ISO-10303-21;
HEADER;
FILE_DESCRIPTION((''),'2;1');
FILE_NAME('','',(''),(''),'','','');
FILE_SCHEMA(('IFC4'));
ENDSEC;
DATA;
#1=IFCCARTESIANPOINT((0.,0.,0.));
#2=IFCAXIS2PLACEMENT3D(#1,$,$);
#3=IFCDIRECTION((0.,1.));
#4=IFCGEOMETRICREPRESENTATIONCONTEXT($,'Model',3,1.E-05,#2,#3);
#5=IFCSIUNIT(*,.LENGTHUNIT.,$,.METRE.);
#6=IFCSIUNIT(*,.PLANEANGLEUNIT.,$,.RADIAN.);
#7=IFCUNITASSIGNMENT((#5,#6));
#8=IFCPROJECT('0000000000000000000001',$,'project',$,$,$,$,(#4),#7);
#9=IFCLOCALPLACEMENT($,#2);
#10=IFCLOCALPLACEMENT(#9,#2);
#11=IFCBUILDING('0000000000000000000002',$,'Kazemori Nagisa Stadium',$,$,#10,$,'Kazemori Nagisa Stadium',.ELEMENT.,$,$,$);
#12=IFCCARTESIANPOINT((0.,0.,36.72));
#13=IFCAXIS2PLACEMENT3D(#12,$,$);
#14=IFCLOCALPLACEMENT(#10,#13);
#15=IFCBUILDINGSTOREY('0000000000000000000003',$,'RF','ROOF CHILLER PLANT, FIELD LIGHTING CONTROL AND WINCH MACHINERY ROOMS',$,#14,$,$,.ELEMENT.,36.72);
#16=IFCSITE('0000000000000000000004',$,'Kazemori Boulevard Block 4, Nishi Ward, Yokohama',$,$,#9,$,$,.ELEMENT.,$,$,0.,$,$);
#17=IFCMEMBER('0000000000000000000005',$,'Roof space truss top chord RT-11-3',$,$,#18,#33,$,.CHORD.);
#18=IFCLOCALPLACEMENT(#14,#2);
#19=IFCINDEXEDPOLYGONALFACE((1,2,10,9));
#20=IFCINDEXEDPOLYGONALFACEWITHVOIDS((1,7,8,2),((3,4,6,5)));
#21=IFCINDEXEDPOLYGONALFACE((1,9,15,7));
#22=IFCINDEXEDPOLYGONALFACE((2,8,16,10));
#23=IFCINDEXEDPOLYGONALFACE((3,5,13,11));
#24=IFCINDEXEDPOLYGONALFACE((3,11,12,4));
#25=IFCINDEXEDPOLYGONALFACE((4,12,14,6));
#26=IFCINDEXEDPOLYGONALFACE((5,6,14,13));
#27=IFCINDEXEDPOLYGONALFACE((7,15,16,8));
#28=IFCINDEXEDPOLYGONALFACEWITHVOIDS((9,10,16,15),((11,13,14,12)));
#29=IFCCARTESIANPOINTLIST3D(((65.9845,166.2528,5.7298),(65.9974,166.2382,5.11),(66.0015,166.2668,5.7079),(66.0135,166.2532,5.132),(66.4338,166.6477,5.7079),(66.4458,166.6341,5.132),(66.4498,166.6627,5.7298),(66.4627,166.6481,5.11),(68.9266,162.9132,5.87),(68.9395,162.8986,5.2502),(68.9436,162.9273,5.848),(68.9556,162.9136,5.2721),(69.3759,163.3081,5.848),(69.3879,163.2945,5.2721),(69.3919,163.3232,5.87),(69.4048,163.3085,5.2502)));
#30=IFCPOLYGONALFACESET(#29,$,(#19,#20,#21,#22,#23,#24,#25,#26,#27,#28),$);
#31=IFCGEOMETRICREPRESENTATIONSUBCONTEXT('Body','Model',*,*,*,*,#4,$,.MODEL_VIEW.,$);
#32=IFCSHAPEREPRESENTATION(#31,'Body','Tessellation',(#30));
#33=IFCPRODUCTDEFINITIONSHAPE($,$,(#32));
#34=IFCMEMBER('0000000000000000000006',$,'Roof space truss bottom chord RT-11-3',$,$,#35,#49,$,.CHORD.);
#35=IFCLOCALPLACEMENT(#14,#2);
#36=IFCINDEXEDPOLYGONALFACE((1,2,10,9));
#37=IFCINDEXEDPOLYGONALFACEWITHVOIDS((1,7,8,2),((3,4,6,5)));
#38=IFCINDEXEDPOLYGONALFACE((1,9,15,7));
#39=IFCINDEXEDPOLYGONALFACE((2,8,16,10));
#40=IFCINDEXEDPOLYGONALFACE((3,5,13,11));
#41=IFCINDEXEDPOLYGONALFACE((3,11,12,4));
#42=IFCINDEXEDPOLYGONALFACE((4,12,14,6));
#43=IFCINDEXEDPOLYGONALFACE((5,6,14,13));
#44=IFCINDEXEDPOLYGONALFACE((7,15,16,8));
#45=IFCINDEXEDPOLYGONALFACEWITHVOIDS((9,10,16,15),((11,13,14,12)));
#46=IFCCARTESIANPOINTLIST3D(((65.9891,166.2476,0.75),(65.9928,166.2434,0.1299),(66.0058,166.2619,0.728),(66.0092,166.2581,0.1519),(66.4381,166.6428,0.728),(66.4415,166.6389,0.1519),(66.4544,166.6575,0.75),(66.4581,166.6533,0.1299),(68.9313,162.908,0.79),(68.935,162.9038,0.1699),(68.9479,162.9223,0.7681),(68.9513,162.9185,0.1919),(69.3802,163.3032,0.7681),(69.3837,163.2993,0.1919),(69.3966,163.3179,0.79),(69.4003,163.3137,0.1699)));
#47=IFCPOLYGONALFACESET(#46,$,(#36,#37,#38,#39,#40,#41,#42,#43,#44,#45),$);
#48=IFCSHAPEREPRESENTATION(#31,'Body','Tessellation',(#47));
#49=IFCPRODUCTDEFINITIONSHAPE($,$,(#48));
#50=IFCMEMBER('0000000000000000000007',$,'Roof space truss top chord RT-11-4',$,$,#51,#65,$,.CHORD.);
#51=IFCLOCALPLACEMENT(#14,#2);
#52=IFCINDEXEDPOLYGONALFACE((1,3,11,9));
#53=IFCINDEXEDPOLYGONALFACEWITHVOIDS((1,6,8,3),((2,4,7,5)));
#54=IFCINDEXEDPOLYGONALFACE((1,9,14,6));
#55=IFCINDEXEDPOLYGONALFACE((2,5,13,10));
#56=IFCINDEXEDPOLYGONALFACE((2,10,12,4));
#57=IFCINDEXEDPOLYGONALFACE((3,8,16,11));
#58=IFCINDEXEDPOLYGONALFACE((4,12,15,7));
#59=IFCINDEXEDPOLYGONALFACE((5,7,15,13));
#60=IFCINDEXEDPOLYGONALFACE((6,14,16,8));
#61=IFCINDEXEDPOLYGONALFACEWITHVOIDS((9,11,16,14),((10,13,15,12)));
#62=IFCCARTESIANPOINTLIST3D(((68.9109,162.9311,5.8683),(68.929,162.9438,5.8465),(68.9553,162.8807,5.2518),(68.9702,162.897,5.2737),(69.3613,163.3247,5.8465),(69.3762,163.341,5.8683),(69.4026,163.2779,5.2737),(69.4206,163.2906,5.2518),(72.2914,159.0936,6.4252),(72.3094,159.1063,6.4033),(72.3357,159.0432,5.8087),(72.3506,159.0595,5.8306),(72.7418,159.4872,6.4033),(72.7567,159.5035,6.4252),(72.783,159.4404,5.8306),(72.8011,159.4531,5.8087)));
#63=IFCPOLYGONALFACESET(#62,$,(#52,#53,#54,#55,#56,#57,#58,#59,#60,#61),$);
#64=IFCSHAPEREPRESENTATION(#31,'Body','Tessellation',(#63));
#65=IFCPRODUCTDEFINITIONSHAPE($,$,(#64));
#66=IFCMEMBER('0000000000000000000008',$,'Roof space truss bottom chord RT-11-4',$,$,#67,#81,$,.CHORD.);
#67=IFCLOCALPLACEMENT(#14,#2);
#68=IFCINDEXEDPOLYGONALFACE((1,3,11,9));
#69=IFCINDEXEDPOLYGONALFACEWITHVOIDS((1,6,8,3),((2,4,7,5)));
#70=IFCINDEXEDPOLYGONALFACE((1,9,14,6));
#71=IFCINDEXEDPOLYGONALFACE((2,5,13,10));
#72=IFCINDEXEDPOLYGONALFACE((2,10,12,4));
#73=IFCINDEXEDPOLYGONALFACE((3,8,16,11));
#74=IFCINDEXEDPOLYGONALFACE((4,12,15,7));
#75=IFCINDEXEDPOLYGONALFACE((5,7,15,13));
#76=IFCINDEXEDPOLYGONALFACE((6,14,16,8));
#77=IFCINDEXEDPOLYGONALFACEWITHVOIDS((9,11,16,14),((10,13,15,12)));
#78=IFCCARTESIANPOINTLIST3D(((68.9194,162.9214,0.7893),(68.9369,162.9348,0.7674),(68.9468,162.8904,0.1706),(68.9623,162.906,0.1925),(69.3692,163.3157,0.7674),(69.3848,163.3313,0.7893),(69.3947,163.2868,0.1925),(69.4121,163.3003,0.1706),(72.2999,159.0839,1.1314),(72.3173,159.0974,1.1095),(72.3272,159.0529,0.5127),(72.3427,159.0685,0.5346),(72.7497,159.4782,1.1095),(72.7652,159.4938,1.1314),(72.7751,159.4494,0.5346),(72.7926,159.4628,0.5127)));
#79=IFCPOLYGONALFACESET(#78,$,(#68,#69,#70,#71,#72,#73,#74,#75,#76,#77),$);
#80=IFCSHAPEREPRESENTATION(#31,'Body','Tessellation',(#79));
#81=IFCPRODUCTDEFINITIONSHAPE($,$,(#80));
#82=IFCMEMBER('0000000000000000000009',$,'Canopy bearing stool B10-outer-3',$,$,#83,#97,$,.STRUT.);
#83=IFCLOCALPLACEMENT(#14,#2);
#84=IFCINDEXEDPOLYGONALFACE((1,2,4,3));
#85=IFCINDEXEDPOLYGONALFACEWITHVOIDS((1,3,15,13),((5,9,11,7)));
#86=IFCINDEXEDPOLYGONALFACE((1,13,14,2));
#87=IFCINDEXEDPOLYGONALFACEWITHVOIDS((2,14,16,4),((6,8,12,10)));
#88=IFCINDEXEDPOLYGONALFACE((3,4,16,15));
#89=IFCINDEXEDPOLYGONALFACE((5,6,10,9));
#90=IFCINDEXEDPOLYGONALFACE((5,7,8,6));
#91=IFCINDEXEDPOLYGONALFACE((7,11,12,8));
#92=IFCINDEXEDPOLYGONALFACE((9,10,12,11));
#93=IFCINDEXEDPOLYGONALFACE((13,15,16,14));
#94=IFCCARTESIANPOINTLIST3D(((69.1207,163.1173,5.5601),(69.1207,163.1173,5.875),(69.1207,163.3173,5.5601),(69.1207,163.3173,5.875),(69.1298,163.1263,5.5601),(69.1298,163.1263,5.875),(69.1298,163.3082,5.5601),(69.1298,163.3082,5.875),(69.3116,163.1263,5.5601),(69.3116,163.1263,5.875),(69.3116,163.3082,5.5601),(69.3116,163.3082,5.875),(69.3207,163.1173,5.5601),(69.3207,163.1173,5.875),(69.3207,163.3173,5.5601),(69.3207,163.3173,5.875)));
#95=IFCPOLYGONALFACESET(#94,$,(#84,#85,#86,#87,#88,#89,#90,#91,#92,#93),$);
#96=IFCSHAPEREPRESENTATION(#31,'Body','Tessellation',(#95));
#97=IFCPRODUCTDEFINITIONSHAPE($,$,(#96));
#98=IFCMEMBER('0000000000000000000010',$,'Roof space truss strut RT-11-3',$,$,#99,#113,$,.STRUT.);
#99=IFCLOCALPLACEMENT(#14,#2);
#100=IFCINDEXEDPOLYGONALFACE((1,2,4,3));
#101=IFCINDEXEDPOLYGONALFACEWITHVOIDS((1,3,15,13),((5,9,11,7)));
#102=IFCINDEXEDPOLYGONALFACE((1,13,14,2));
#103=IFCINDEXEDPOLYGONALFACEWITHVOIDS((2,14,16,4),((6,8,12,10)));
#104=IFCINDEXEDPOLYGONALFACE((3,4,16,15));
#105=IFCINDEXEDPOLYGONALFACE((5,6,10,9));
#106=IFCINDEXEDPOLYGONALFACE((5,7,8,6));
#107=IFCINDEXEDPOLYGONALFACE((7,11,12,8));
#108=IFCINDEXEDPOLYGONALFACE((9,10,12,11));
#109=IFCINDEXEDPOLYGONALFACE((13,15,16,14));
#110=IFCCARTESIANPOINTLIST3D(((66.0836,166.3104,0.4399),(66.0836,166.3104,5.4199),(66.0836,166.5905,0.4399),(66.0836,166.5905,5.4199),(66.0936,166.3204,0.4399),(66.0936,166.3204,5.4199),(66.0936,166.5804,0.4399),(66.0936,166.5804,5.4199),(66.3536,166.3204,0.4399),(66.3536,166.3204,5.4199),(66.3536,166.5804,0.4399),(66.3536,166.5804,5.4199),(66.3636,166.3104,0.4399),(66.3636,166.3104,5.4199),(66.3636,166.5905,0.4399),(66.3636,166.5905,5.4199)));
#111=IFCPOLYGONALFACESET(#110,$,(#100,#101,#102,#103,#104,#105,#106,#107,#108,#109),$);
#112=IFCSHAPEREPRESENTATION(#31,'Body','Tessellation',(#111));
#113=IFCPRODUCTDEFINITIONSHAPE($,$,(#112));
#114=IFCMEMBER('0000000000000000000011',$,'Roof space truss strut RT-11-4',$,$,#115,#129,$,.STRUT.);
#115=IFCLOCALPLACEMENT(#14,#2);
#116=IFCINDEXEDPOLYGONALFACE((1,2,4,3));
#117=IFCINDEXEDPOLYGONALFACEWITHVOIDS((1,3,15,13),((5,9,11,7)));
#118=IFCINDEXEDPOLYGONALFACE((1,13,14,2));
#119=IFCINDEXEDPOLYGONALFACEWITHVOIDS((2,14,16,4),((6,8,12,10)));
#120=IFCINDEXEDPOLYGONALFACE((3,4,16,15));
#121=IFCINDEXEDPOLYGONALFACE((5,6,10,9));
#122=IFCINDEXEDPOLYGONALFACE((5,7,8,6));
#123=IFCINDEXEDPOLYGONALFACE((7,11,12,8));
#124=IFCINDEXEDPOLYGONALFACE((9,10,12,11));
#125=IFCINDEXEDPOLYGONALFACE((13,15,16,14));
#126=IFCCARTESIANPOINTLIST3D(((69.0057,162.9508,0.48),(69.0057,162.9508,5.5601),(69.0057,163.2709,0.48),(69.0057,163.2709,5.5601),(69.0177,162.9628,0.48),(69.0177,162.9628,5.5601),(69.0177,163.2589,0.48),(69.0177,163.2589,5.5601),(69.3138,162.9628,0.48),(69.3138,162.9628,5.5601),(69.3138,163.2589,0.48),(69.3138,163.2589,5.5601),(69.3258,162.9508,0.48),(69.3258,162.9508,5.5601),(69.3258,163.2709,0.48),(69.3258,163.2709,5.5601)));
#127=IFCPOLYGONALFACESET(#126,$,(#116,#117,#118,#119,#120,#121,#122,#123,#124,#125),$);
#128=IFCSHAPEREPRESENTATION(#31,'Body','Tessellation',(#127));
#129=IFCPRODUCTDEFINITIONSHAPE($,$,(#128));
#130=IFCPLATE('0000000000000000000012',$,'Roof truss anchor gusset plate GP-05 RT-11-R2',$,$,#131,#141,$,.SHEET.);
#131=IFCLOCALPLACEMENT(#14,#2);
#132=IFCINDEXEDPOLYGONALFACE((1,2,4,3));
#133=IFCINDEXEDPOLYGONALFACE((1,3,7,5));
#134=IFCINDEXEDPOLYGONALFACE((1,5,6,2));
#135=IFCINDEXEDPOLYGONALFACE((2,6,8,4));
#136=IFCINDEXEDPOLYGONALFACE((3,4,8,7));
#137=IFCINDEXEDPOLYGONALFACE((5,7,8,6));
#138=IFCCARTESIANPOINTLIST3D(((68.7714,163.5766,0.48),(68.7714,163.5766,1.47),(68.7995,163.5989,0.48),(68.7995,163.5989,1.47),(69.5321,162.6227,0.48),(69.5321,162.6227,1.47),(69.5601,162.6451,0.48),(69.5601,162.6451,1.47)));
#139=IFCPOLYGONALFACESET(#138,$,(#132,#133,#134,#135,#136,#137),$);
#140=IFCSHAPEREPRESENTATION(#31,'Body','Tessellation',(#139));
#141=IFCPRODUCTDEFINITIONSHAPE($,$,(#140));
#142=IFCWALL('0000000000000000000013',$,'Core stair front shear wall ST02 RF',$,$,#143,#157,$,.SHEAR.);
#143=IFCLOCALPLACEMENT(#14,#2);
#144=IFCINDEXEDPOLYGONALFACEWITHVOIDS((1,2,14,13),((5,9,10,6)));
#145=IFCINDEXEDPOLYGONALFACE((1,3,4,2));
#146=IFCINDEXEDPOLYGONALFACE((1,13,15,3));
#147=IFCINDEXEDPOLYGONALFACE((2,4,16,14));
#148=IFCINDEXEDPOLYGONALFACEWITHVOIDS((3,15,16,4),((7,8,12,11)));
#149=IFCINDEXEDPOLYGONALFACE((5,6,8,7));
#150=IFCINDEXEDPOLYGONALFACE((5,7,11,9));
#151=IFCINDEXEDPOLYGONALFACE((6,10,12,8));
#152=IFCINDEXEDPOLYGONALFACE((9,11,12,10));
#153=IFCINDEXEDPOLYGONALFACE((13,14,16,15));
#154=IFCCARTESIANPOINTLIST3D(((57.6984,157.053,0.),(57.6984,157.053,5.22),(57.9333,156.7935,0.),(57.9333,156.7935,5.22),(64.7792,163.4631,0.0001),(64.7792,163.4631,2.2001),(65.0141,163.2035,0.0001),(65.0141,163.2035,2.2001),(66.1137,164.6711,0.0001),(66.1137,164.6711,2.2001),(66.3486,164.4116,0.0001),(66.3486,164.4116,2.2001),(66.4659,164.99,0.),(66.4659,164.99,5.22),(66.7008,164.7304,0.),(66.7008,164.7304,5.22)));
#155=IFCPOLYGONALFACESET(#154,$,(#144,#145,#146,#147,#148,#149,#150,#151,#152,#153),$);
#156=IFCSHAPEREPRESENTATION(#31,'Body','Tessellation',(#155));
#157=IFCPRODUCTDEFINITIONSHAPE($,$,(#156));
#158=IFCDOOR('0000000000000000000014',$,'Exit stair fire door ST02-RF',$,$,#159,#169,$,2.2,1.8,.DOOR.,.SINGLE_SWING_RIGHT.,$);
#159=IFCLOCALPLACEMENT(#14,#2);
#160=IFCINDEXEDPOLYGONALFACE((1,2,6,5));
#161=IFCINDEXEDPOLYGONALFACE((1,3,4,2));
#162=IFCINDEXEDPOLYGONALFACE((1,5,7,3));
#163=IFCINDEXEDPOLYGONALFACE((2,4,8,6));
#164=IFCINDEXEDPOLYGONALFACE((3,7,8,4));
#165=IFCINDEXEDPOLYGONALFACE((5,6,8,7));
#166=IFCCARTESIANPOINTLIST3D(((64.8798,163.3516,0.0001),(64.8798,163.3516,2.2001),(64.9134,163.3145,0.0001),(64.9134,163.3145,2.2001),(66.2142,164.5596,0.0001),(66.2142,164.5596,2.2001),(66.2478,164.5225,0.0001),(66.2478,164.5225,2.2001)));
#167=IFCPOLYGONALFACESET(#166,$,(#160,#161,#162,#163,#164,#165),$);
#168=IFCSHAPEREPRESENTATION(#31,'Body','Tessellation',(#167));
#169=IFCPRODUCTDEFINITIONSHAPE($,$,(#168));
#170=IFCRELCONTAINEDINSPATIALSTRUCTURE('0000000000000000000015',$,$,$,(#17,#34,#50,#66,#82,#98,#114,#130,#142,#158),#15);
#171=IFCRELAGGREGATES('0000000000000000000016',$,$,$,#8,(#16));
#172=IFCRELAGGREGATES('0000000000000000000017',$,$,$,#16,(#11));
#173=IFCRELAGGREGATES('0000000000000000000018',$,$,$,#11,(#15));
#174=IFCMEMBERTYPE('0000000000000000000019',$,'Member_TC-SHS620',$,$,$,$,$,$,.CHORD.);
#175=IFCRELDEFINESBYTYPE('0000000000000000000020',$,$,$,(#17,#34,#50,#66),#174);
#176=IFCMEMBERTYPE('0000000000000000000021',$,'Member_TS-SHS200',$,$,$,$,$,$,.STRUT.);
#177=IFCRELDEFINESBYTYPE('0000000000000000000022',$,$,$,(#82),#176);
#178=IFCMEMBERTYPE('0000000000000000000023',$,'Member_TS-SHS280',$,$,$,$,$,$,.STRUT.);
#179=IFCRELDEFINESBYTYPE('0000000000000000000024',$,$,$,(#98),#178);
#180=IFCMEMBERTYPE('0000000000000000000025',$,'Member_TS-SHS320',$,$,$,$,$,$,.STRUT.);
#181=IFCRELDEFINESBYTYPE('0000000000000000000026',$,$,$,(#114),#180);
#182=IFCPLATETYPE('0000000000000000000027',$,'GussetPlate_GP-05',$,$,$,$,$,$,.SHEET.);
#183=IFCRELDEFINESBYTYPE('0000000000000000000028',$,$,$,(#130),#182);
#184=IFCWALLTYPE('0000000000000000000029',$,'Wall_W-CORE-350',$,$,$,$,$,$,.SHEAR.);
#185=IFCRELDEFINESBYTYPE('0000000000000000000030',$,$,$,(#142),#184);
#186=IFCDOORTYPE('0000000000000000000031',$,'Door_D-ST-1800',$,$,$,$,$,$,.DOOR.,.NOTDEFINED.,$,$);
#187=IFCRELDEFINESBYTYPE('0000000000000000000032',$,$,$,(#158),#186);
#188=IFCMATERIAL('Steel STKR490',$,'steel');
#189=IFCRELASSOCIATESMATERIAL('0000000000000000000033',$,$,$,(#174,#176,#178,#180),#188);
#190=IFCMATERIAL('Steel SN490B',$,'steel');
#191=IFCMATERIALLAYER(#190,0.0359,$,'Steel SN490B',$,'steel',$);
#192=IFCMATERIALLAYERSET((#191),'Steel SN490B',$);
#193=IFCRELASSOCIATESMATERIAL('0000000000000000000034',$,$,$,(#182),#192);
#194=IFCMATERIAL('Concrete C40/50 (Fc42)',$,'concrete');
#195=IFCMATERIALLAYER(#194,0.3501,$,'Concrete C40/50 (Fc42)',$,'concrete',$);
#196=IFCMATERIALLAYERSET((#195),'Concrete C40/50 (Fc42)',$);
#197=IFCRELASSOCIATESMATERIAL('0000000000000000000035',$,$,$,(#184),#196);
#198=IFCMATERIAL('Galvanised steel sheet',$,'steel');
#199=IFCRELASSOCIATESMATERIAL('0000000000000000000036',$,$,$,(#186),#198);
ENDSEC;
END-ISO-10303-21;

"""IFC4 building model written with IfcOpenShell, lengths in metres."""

from ifc_helpers import new_model, si_unit, direction, frame, frame_2d, origin, origin_2d, place, context, subcontext, project, spatial, rectangle, hollow_rectangle, extrude, material, layer, layer_set, material_profile, profile_set, type_object, element, fill, save


model = new_model("IFC4")

# Units and contexts
model_context = context("Model", 3, precision=1e-05, world=origin(), true_north=direction((0.0, 1.0)))
body_context = subcontext(model_context, "Body", "Model", "MODEL_VIEW")
ifc_project = project(units=[si_unit("LENGTHUNIT", "METRE"), si_unit("PLANEANGLEUNIT", "RADIAN")], contexts=[model_context])

# Site, building, storey
site_placement = place(None, origin())
site = spatial("IfcSite", under=ifc_project, at=site_placement, Name="Kazemori Boulevard Block 4, Nishi Ward, Yokohama", CompositionType="ELEMENT", RefElevation=0.0)
building_placement = place(site_placement, origin())
building = spatial("IfcBuilding", under=site, at=building_placement, Name="Kazemori Nagisa Stadium", LongName="Kazemori Nagisa Stadium", CompositionType="ELEMENT")
storey_placement = place(building_placement, frame((0.0, 0.0, 36.72)))
storey = spatial("IfcBuildingStorey", under=building, at=storey_placement, Name="RF", Description="ROOF CHILLER PLANT, FIELD LIGHTING CONTROL AND WINCH MACHINERY ROOMS", CompositionType="ELEMENT", Elevation=36.72)

# Shared definitions
ifc_material_1 = material(Name="Steel SN490B", Category="steel")

# Shared definitions
ifc_material_2 = material(Name="Concrete C40/50 (Fc42)", Category="concrete")

# Members
ifc_material_3 = material(Name="Steel STKR490", Category="steel")
ifc_material_profile_1 = material_profile(ifc_material_3, hollow_rectangle(XDim=0.6201, YDim=0.6201, WallThickness=0.022, at=origin_2d()), Name="SHS-620x620x22")
ifc_profile_set_1 = profile_set([ifc_material_profile_1], Name="Steel STKR490")
member_type_1 = type_object("IfcMemberType", Name="Member_TC-SHS620", PredefinedType="CHORD", material=ifc_profile_set_1)
member_1_placement = place(storey_placement, frame((66.2236, 166.4504, 5.4199), z_axis=(0.660717, -0.749975, 0.031471), x_axis=(0.750347, 0.661045, 0.0)))
element("IfcMember", 1, at=member_1_placement, inside=storey, type_object=member_type_1, Name="Roof space truss top chord RT-11-3", PredefinedType="CHORD", context=body_context, shape_type="SweptSolid", body=[
    extrude(hollow_rectangle(XDim=0.6201, YDim=0.6201, WallThickness=0.022, at=origin_2d()), origin(), (0.0, 0.0, 1.0), 4.4529),
])
member_2_placement = place(storey_placement, frame((66.2236, 166.4504, 0.4399), z_axis=(0.661018, -0.750316, 0.008996), x_axis=(0.750347, 0.661045, 0.0)))
element("IfcMember", 2, at=member_2_placement, inside=storey, type_object=member_type_1, Name="Roof space truss bottom chord RT-11-3", PredefinedType="CHORD", context=body_context, shape_type="SweptSolid", body=[
    extrude(hollow_rectangle(XDim=0.6201, YDim=0.6201, WallThickness=0.022, at=origin_2d()), origin(), (0.0, 0.0, 1.0), 4.4509),
])
member_3_placement = place(storey_placement, frame((69.1658, 163.1108, 5.5601), z_axis=(0.657124, -0.745968, 0.108255), x_axis=(0.750378, 0.661009, 0.0)))
element("IfcMember", 3, at=member_3_placement, inside=storey, type_object=member_type_1, Name="Roof space truss top chord RT-11-4", PredefinedType="CHORD", context=body_context, shape_type="SweptSolid", body=[
    extrude(hollow_rectangle(XDim=0.6201, YDim=0.6201, WallThickness=0.022, at=origin_2d()), origin(), (0.0, 0.0, 1.0), 5.1443),
])
member_4_placement = place(storey_placement, frame((69.1658, 163.1108, 0.48), z_axis=(0.659535, -0.748705, 0.066735), x_axis=(0.750378, 0.661009, 0.0)))
element("IfcMember", 4, at=member_4_placement, inside=storey, type_object=member_type_1, Name="Roof space truss bottom chord RT-11-4", PredefinedType="CHORD", context=body_context, shape_type="SweptSolid", body=[
    extrude(hollow_rectangle(XDim=0.6201, YDim=0.6201, WallThickness=0.022, at=origin_2d()), origin(), (0.0, 0.0, 1.0), 5.1255),
])
ifc_material_profile_2 = material_profile(ifc_material_3, hollow_rectangle(XDim=0.2, YDim=0.2, WallThickness=0.009, at=origin_2d()), Name="SHS-200x200x9")
ifc_profile_set_2 = profile_set([ifc_material_profile_2], Name="Steel STKR490")
member_type_2 = type_object("IfcMemberType", Name="Member_TS-SHS200", PredefinedType="STRUT", material=ifc_profile_set_2)
member_5_placement = place(storey_placement, frame((69.2207, 163.2173, 5.5601), z_axis=(0.0, 0.0, 1.0), x_axis=(1.0, 0.0, 0.0)))
element("IfcMember", 5, at=member_5_placement, inside=storey, type_object=member_type_2, Name="Canopy bearing stool B10-outer-3", PredefinedType="STRUT", context=body_context, shape_type="SweptSolid", body=[
    extrude(hollow_rectangle(XDim=0.2, YDim=0.2, WallThickness=0.009, at=origin_2d()), origin(), (0.0, 0.0, 1.0), 0.3149),
])
ifc_material_profile_3 = material_profile(ifc_material_3, hollow_rectangle(XDim=0.28, YDim=0.28, WallThickness=0.01, at=origin_2d()), Name="SHS-280x280x10")
ifc_profile_set_3 = profile_set([ifc_material_profile_3], Name="Steel STKR490")
member_type_3 = type_object("IfcMemberType", Name="Member_TS-SHS280", PredefinedType="STRUT", material=ifc_profile_set_3)
member_6_placement = place(storey_placement, frame((66.2236, 166.4504, 0.4399), z_axis=(0.0, 0.0, 1.0), x_axis=(1.0, 0.0, 0.0)))
element("IfcMember", 6, at=member_6_placement, inside=storey, type_object=member_type_3, Name="Roof space truss strut RT-11-3", PredefinedType="STRUT", context=body_context, shape_type="SweptSolid", body=[
    extrude(hollow_rectangle(XDim=0.28, YDim=0.28, WallThickness=0.01, at=origin_2d()), origin(), (0.0, 0.0, 1.0), 4.98),
])
ifc_material_profile_4 = material_profile(ifc_material_3, hollow_rectangle(XDim=0.3201, YDim=0.3201, WallThickness=0.012, at=origin_2d()), Name="SHS-320x320x12")
ifc_profile_set_4 = profile_set([ifc_material_profile_4], Name="Steel STKR490")
member_type_4 = type_object("IfcMemberType", Name="Member_TS-SHS320", PredefinedType="STRUT", material=ifc_profile_set_4)
member_7_placement = place(storey_placement, frame((69.1658, 163.1108, 0.48), z_axis=(0.0, 0.0, 1.0), x_axis=(1.0, 0.0, 0.0)))
element("IfcMember", 7, at=member_7_placement, inside=storey, type_object=member_type_4, Name="Roof space truss strut RT-11-4", PredefinedType="STRUT", context=body_context, shape_type="SweptSolid", body=[
    extrude(hollow_rectangle(XDim=0.3201, YDim=0.3201, WallThickness=0.012, at=origin_2d()), origin(), (0.0, 0.0, 1.0), 5.0801),
])

# Plate
ifc_layer_1 = layer(ifc_material_1, 0.0359, Name="Steel SN490B", Category="steel")
ifc_layer_set_1 = layer_set([ifc_layer_1], Name="Steel SN490B")
plate_type = type_object("IfcPlateType", Name="GussetPlate_GP-05", PredefinedType="SHEET", material=ifc_layer_set_1)
plate_placement = place(storey_placement, frame((69.1658, 163.1108, 0.48), z_axis=(0.0, 0.0, 1.0), x_axis=(-0.62349, 0.781831, 0.0)))
element("IfcPlate", 8, at=plate_placement, inside=storey, type_object=plate_type, Name="Roof truss anchor gusset plate GP-05 RT-11-R2", PredefinedType="SHEET", context=body_context, shape_type="SweptSolid", body=[
    extrude(rectangle(XDim=1.22, YDim=0.0359, at=origin_2d()), origin(), (0.0, 0.0, 1.0), 0.99),
])

# Wall, opening, door
ifc_layer_2 = layer(ifc_material_2, 0.3501, Name="Concrete C40/50 (Fc42)", Category="concrete")
ifc_layer_set_2 = layer_set([ifc_layer_2], Name="Concrete C40/50 (Fc42)")
wall_type_1 = type_object("IfcWallType", Name="Wall_W-CORE-350", PredefinedType="SHEAR", material=ifc_layer_set_2)
wall_1_placement = place(storey_placement, frame((66.5833, 164.8601, 0.0), z_axis=(0.0, 0.0, 1.0), x_axis=(-0.741349, -0.67112, 0.0)))
wall_1 = element("IfcWall", 9, at=wall_1_placement, inside=storey, type_object=wall_type_1, Name="Core stair front shear wall ST02 RF", PredefinedType="SHEAR", context=body_context, shape_type="SweptSolid", body=[
    extrude(rectangle(XDim=11.8264, YDim=0.3501, at=frame_2d((5.9131, 0.0))), origin(), (0.0, 0.0, 1.0), 5.22),
])
opening_placement = place(wall_1_placement, frame((0.4751, 0.0, 0.0)))
opening = element("IfcOpeningElement", 10, at=opening_placement, cuts=wall_1, PredefinedType="OPENING", context=body_context, shape_type="SweptSolid", body=[
    extrude(rectangle(XDim=1.8, YDim=2.2, at=frame_2d((0.8999, 1.1001))), frame((0.0, 0.1851, 0.0), z_axis=(0.0, -1.0, 0.0), x_axis=(1.0, 0.0, 0.0)), (0.0, 0.0, 1.0), 0.3701),
])
ifc_material_4 = material(Name="Galvanised steel sheet", Category="steel")
door_type = type_object("IfcDoorType", Name="Door_D-ST-1800", OperationType="NOTDEFINED", PredefinedType="DOOR", material=ifc_material_4)
door_placement = place(opening_placement, frame((1.8, 0.0, 0.0), z_axis=(0.0, 0.0, 1.0), x_axis=(-1.0, 0.0, 0.0)))
door = element("IfcDoor", 11, at=door_placement, inside=storey, type_object=door_type, Name="Exit stair fire door ST02-RF", OperationType="SINGLE_SWING_RIGHT", OverallHeight=2.2, OverallWidth=1.8, PredefinedType="DOOR", context=body_context, shape_type="SweptSolid", body=[
    extrude(rectangle(XDim=1.8, YDim=2.2, at=frame_2d((0.8999, 1.1001))), frame((0.0, 0.0249, 0.0), z_axis=(0.0, -1.0, 0.0), x_axis=(1.0, 0.0, 0.0)), (0.0, 0.0, 1.0), 0.05),
])
fill(opening, door)

save(model, "model.ifc")
